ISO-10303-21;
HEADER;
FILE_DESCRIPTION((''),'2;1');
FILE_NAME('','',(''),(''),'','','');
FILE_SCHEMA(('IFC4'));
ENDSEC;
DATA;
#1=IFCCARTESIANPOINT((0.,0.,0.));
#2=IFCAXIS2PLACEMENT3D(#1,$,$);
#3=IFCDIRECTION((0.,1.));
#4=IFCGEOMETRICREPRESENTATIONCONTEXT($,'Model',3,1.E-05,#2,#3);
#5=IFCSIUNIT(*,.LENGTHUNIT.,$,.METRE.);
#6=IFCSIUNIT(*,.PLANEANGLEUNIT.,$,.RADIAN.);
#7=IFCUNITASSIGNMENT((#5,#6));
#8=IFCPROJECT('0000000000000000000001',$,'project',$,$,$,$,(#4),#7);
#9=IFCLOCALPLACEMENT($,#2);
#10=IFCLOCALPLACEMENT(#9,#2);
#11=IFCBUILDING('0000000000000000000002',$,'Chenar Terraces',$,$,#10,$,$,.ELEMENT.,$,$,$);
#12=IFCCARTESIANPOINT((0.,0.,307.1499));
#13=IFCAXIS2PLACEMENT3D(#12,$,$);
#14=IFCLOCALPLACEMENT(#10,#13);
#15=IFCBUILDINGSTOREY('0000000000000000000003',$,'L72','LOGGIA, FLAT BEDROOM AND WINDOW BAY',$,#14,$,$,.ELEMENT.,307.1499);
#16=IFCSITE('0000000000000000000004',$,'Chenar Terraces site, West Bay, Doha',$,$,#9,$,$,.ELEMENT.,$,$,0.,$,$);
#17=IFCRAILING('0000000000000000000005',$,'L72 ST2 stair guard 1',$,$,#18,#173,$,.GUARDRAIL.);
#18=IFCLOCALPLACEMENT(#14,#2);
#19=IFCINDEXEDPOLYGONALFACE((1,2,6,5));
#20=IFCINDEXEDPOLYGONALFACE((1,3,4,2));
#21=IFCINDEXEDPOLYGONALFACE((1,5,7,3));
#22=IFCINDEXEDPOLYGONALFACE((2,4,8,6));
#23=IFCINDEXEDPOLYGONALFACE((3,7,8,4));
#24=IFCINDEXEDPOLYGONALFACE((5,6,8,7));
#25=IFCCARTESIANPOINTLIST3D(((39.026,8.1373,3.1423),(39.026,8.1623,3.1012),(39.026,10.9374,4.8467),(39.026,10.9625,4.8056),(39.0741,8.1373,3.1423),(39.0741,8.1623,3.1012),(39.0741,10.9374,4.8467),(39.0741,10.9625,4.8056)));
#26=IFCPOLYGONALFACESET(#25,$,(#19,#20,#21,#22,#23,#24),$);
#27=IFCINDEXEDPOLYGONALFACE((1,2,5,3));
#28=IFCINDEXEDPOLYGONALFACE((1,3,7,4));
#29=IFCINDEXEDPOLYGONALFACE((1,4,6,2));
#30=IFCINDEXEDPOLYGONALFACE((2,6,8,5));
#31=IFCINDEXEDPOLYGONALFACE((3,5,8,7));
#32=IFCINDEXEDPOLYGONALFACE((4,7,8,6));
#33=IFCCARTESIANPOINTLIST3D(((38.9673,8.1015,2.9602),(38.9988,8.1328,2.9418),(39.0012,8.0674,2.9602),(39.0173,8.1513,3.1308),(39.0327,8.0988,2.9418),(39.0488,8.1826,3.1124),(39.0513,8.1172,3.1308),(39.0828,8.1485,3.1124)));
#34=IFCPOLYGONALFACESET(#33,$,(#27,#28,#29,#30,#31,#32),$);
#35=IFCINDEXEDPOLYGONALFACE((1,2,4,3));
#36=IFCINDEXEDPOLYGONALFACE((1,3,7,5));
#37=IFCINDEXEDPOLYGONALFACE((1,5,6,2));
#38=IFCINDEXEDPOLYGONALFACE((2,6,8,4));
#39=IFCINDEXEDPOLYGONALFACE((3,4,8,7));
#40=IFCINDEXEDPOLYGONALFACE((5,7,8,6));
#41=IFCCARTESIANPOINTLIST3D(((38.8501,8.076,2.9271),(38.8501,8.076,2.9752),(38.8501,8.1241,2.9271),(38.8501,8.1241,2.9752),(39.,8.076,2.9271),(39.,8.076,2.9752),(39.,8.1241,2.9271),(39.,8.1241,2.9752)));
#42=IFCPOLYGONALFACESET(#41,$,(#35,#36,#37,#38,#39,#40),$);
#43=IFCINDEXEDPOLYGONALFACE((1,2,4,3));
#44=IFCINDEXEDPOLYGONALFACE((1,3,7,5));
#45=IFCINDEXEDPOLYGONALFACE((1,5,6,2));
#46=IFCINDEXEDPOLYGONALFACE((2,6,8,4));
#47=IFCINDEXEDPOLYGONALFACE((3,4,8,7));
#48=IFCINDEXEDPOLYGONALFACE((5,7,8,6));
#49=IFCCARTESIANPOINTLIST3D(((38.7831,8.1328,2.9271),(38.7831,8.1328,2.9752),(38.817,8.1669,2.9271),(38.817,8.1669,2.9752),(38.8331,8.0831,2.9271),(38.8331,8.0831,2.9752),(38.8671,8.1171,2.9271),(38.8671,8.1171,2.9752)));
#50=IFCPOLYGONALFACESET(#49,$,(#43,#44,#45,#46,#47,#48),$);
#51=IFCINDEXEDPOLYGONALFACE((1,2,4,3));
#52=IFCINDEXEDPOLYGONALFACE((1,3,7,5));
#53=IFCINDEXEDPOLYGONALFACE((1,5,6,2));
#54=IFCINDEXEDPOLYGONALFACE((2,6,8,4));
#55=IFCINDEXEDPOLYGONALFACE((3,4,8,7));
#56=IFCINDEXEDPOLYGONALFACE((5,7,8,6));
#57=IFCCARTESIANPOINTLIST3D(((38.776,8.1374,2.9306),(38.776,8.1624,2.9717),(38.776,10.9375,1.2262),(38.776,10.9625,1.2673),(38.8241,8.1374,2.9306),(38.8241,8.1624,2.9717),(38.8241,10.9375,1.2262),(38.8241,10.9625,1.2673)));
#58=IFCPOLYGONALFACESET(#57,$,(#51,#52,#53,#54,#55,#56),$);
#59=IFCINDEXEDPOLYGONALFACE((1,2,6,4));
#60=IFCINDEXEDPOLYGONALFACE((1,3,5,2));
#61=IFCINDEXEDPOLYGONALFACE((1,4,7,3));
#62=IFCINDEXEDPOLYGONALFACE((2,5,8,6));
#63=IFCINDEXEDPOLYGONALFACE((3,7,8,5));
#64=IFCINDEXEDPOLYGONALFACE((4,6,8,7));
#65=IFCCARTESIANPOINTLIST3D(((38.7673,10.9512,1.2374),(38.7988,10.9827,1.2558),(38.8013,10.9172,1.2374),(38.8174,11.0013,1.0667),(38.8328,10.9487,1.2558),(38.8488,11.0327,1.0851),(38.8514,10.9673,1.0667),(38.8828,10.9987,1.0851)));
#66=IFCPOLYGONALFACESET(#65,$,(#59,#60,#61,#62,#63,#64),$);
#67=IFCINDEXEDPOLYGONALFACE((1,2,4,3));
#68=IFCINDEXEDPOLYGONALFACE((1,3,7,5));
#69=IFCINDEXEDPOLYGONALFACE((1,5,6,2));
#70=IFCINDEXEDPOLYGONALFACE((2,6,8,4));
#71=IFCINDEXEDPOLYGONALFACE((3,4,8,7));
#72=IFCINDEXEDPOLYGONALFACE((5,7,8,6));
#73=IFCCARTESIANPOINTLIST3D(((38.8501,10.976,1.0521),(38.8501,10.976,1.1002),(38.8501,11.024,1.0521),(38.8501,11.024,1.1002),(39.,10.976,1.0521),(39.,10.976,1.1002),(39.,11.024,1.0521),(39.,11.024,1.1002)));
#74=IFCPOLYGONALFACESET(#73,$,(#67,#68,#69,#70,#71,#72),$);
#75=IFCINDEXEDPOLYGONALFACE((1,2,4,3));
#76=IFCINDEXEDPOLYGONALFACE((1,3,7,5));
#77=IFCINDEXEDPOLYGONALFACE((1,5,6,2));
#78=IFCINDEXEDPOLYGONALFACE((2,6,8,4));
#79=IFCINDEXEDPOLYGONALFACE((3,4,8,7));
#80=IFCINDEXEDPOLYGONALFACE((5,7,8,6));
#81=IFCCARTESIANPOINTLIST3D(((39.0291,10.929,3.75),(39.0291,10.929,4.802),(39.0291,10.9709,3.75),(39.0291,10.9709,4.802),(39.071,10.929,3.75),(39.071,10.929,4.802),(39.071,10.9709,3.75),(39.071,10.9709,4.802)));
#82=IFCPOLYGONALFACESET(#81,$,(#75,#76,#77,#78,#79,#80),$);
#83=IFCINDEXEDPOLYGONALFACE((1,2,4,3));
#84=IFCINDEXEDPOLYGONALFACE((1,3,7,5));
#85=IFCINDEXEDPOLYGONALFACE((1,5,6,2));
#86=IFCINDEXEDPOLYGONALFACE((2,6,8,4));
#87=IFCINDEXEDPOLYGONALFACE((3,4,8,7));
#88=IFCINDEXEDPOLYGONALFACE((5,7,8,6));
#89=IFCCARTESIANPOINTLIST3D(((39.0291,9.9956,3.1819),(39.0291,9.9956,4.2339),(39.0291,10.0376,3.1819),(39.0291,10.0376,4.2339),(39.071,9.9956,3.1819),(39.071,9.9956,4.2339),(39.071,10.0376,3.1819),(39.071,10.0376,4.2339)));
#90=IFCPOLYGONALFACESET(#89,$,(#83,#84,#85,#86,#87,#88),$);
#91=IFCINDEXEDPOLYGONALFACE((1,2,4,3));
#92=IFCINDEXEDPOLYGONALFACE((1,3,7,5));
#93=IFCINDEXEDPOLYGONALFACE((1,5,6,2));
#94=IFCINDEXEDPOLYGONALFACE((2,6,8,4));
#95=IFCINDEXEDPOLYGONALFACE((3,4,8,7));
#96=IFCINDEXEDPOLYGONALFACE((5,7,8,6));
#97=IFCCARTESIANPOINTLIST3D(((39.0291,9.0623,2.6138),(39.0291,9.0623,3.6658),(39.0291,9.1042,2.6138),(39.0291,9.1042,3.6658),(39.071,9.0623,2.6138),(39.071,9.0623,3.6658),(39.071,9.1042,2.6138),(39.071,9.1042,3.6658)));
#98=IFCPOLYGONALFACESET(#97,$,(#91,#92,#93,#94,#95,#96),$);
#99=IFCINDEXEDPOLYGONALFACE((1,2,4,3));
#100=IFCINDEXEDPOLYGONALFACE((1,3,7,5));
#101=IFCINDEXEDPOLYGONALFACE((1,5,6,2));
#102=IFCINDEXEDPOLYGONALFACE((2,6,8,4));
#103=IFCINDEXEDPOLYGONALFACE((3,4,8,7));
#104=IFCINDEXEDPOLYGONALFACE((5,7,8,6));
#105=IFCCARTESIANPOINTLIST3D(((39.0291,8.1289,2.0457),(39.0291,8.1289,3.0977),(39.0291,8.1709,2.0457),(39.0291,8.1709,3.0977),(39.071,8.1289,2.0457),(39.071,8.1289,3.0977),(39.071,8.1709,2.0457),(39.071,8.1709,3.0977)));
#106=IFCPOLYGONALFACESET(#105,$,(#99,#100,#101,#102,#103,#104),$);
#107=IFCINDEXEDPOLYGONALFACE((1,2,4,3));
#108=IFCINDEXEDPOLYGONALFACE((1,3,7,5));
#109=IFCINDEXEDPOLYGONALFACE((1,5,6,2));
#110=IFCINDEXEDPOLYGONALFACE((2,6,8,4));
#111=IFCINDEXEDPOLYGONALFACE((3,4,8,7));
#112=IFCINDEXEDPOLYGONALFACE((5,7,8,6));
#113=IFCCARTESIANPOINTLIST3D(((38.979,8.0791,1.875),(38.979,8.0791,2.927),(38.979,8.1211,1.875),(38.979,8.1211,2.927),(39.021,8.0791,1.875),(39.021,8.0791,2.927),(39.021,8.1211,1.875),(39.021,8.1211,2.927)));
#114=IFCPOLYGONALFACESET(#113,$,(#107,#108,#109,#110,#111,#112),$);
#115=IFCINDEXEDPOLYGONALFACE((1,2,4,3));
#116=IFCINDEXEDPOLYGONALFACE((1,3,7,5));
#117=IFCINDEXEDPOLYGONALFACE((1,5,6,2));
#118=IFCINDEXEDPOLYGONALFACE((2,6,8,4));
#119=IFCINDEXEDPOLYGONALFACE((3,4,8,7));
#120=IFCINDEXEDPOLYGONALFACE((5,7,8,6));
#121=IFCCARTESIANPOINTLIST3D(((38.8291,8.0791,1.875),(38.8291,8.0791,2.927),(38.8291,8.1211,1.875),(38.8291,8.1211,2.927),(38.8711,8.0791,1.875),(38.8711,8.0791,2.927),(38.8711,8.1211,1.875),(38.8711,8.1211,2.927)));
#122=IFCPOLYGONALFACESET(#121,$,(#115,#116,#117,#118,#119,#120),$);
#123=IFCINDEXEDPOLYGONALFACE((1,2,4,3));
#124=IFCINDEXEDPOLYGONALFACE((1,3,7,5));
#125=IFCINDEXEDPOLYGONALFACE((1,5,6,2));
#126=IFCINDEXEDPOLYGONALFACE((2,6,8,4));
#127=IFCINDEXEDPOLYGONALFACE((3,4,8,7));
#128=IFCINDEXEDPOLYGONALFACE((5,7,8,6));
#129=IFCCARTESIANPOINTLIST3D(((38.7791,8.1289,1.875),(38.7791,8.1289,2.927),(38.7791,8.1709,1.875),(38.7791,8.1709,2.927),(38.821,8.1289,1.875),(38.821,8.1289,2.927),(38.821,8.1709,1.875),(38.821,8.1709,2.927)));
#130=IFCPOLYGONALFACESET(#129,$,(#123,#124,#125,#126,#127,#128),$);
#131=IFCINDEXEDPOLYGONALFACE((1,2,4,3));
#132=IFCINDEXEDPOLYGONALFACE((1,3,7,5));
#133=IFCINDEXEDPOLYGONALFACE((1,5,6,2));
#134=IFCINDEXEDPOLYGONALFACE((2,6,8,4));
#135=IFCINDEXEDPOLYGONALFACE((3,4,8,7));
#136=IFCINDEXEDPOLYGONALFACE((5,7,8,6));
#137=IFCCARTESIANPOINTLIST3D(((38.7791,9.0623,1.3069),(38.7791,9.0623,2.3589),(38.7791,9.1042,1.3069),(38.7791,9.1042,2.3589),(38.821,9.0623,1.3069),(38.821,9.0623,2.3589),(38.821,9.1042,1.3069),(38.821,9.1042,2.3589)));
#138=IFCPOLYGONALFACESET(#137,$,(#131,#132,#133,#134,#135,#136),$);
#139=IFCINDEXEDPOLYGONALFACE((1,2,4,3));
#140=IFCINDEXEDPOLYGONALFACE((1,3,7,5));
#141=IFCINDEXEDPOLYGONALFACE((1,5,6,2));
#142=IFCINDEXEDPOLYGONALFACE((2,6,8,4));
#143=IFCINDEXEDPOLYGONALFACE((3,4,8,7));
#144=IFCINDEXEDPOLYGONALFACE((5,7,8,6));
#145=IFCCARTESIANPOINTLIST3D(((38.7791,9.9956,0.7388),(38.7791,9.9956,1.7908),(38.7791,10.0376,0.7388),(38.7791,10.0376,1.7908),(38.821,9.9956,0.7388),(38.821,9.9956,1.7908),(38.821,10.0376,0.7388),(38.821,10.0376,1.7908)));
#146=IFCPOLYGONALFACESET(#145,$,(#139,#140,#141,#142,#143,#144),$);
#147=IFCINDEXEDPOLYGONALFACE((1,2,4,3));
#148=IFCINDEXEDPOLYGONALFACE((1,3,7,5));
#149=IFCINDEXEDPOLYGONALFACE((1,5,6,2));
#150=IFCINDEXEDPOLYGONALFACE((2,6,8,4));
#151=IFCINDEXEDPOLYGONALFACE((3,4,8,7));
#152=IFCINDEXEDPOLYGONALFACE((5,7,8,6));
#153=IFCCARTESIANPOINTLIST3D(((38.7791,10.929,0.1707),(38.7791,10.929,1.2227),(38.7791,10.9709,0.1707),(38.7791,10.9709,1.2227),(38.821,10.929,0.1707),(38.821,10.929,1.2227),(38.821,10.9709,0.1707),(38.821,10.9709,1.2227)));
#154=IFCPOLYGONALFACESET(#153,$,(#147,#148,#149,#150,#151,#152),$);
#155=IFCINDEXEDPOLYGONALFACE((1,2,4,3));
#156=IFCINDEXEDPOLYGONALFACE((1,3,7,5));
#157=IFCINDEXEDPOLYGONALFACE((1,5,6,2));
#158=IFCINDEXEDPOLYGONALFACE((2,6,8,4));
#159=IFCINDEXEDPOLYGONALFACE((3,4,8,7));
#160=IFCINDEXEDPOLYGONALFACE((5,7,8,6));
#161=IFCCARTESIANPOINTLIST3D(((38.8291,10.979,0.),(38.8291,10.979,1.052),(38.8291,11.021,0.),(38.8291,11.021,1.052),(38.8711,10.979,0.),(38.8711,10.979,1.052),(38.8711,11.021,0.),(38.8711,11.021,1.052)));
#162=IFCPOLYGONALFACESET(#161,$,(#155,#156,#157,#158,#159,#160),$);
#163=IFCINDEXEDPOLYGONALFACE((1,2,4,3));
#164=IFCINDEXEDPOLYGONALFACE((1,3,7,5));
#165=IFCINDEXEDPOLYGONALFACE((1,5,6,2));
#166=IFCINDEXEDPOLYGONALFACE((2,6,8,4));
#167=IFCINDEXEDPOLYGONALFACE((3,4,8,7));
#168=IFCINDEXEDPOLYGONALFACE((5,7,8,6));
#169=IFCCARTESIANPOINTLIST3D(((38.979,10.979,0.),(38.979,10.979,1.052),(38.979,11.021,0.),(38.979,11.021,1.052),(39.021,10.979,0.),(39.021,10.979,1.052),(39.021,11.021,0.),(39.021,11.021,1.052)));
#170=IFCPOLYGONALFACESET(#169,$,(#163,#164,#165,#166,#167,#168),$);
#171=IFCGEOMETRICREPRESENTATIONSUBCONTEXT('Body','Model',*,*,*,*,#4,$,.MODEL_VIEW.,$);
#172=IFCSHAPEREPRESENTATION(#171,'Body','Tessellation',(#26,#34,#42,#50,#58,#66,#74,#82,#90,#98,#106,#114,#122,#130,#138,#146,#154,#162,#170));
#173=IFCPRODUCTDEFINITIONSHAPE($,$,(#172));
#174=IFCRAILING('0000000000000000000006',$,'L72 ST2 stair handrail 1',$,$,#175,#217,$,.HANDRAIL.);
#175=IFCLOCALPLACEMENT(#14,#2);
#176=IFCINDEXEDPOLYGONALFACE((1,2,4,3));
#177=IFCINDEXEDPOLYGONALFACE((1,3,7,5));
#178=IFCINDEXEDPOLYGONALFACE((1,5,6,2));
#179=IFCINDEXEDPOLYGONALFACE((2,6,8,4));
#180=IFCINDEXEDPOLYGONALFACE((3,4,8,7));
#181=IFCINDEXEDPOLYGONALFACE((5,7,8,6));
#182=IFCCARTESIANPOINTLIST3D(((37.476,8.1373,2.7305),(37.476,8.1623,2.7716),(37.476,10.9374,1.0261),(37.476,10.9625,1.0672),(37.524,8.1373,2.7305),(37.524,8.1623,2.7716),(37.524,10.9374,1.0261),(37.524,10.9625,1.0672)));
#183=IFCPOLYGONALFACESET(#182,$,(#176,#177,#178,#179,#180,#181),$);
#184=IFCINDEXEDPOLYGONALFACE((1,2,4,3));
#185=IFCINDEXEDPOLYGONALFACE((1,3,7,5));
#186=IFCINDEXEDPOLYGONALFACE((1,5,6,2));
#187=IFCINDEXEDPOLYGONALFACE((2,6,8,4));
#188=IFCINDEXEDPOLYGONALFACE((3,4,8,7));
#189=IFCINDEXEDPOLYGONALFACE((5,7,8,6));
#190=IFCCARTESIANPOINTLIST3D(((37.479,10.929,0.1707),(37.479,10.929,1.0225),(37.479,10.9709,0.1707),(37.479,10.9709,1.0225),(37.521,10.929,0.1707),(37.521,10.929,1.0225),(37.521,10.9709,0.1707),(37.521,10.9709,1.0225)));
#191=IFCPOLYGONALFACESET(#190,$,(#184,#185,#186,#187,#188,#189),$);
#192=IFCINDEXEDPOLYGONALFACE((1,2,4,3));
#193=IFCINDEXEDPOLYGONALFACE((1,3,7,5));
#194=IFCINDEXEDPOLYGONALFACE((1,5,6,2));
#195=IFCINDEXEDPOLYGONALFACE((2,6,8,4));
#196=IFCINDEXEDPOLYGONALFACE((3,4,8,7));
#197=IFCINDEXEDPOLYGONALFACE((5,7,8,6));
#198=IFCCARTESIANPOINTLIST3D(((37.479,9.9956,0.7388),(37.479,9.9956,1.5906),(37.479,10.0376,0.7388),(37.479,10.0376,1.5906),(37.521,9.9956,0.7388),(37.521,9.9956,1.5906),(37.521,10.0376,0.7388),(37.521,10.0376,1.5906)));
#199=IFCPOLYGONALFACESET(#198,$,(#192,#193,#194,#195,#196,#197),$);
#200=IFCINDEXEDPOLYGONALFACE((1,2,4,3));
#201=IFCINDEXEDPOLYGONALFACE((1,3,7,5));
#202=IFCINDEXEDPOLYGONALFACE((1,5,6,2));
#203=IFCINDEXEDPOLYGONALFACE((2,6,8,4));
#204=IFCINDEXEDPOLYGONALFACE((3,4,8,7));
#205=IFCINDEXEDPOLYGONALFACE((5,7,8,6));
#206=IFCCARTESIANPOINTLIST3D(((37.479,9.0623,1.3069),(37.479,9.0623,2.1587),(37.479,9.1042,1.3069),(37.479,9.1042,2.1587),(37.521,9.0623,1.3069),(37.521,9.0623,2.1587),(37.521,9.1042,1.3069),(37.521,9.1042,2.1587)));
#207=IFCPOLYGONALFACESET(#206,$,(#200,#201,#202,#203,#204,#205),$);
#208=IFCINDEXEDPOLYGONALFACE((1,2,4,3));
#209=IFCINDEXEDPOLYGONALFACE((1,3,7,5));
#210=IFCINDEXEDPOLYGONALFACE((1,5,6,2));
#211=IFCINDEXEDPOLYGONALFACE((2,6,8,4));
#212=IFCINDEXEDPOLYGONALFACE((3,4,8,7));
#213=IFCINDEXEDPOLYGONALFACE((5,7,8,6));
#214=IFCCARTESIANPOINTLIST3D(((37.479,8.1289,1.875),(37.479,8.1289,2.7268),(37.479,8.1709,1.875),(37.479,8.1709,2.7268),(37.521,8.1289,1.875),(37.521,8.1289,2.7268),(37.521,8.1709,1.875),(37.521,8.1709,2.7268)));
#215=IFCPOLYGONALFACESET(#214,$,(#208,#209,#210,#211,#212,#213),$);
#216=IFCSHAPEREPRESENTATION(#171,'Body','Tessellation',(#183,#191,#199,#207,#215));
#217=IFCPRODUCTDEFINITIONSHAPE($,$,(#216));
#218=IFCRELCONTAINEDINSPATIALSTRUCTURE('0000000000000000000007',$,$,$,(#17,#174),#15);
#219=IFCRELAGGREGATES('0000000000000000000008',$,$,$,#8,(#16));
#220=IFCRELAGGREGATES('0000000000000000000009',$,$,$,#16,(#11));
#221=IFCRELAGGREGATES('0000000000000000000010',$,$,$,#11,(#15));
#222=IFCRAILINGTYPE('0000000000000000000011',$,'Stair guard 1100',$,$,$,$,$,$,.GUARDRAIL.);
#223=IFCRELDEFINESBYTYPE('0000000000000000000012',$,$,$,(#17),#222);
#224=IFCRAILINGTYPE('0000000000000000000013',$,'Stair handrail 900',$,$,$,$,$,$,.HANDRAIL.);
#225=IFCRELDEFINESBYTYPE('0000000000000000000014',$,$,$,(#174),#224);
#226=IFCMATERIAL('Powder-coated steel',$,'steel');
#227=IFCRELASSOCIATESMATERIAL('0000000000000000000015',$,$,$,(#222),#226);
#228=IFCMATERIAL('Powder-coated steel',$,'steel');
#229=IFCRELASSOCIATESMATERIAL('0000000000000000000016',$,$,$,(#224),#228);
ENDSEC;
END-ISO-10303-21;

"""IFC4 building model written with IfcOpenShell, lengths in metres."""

from ifc_helpers import new_model, si_unit, direction, frame, origin, origin_2d, place, context, subcontext, project, spatial, rectangle, extrude, material, type_object, element, save


model = new_model("IFC4")

# Units and contexts
model_context = context("Model", 3, precision=1e-05, world=origin(), true_north=direction((0.0, 1.0)))
body_context = subcontext(model_context, "Body", "Model", "MODEL_VIEW")
ifc_project = project(units=[si_unit("LENGTHUNIT", "METRE"), si_unit("PLANEANGLEUNIT", "RADIAN")], contexts=[model_context])

# Site, building, storey
site_placement = place(None, origin())
site = spatial("IfcSite", under=ifc_project, at=site_placement, Name="Chenar Terraces site, West Bay, Doha", CompositionType="ELEMENT", RefElevation=0.0)
building_placement = place(site_placement, origin())
building = spatial("IfcBuilding", under=site, at=building_placement, Name="Chenar Terraces", CompositionType="ELEMENT")
storey_placement = place(building_placement, frame((0.0, 0.0, 307.1499)))
storey = spatial("IfcBuildingStorey", under=building, at=storey_placement, Name="L72", Description="LOGGIA, FLAT BEDROOM AND WINDOW BAY", CompositionType="ELEMENT", Elevation=307.1499)

# Railings
ifc_material_1 = material(Name="Powder-coated steel", Category="steel")
railing_type_1 = type_object("IfcRailingType", Name="Stair guard 1100", PredefinedType="GUARDRAIL", material=ifc_material_1)
railing_1_placement = place(storey_placement, frame((39.05, 10.95, 3.75)))
element("IfcRailing", 1, at=railing_1_placement, inside=storey, type_object=railing_type_1, Name="L72 ST2 stair guard 1", PredefinedType="GUARDRAIL", context=body_context, shape_type="SweptSolid", body=[
    extrude(rectangle(XDim=0.0481, YDim=0.0481, at=origin_2d()), frame((0.0, 0.0, 1.0762), z_axis=(0.0, -0.854203, -0.51994), x_axis=(1.0, 0.0, 0.0)), (0.0, 0.0, 1.0), 3.2781),
    extrude(rectangle(XDim=0.0481, YDim=0.0481, at=origin_2d()), frame((0.0, -2.8, -0.6284), z_axis=(-0.270997, -0.269675, -0.924033), x_axis=(0.705376, -0.708834, 0.0)), (0.0, 0.0, 1.0), 0.1846),
    extrude(rectangle(XDim=0.0481, YDim=0.0481, at=origin_2d()), frame((-0.05, -2.8499, -0.7988), z_axis=(-1.0, 0.0, 0.0), x_axis=(0.0, -1.0, 0.0)), (0.0, 0.0, 1.0), 0.1499),
    extrude(rectangle(XDim=0.0481, YDim=0.0481, at=origin_2d()), frame((-0.2, -2.8499, -0.7988), z_axis=(-0.708834, 0.705376, 0.0), x_axis=(-0.705376, -0.708834, 0.0)), (0.0, 0.0, 1.0), 0.0706),
    extrude(rectangle(XDim=0.0481, YDim=0.0481, at=origin_2d()), frame((-0.25, -2.8, -0.7988), z_axis=(0.0, 0.854203, -0.51994), x_axis=(-1.0, 0.0, 0.0)), (0.0, 0.0, 1.0), 3.2781),
    extrude(rectangle(XDim=0.0481, YDim=0.0481, at=origin_2d()), frame((-0.25, 0.0, -2.5034), z_axis=(0.2709, 0.2709, -0.923703), x_axis=(-0.707107, 0.707107, 0.0)), (0.0, 0.0, 1.0), 0.1848),
    extrude(rectangle(XDim=0.0481, YDim=0.0481, at=origin_2d()), frame((-0.2, 0.05, -2.6738), z_axis=(1.0, 0.0, 0.0), x_axis=(0.0, 1.0, 0.0)), (0.0, 0.0, 1.0), 0.1499),
    extrude(rectangle(XDim=0.042, YDim=0.042, at=origin_2d()), origin(), (0.0, 0.0, 1.0), 1.052),
    extrude(rectangle(XDim=0.042, YDim=0.042, at=origin_2d()), frame((0.0, -0.9333, -0.5681)), (0.0, 0.0, 1.0), 1.052),
    extrude(rectangle(XDim=0.042, YDim=0.042, at=origin_2d()), frame((0.0, -1.8667, -1.1362)), (0.0, 0.0, 1.0), 1.052),
    extrude(rectangle(XDim=0.042, YDim=0.042, at=origin_2d()), frame((0.0, -2.8, -1.7043)), (0.0, 0.0, 1.0), 1.052),
    extrude(rectangle(XDim=0.042, YDim=0.042, at=origin_2d()), frame((-0.05, -2.8499, -1.875)), (0.0, 0.0, 1.0), 1.052),
    extrude(rectangle(XDim=0.042, YDim=0.042, at=origin_2d()), frame((-0.2, -2.8499, -1.875)), (0.0, 0.0, 1.0), 1.052),
    extrude(rectangle(XDim=0.042, YDim=0.042, at=origin_2d()), frame((-0.25, -2.8, -1.875)), (0.0, 0.0, 1.0), 1.052),
    extrude(rectangle(XDim=0.042, YDim=0.042, at=origin_2d()), frame((-0.25, -1.8667, -2.4431)), (0.0, 0.0, 1.0), 1.052),
    extrude(rectangle(XDim=0.042, YDim=0.042, at=origin_2d()), frame((-0.25, -0.9333, -3.0112)), (0.0, 0.0, 1.0), 1.052),
    extrude(rectangle(XDim=0.042, YDim=0.042, at=origin_2d()), frame((-0.25, 0.0, -3.5793)), (0.0, 0.0, 1.0), 1.052),
    extrude(rectangle(XDim=0.042, YDim=0.042, at=origin_2d()), frame((-0.2, 0.05, -3.75)), (0.0, 0.0, 1.0), 1.052),
    extrude(rectangle(XDim=0.042, YDim=0.042, at=origin_2d()), frame((-0.05, 0.05, -3.75)), (0.0, 0.0, 1.0), 1.052),
])
ifc_material_2 = material(Name="Powder-coated steel", Category="steel")
railing_type_2 = type_object("IfcRailingType", Name="Stair handrail 900", PredefinedType="HANDRAIL", material=ifc_material_2)
railing_2_placement = place(storey_placement, frame((37.5, 10.95, 0.1707)))
element("IfcRailing", 2, at=railing_2_placement, inside=storey, type_object=railing_type_2, Name="L72 ST2 stair handrail 1", PredefinedType="HANDRAIL", context=body_context, shape_type="SweptSolid", body=[
    extrude(rectangle(XDim=0.0481, YDim=0.0481, at=origin_2d()), frame((0.0, 0.0, 0.876), z_axis=(0.0, -0.854203, 0.51994), x_axis=(1.0, 0.0, 0.0)), (0.0, 0.0, 1.0), 3.2781),
    extrude(rectangle(XDim=0.042, YDim=0.042, at=origin_2d()), origin(), (0.0, 0.0, 1.0), 0.8518),
    extrude(rectangle(XDim=0.042, YDim=0.042, at=origin_2d()), frame((0.0, -0.9333, 0.5681)), (0.0, 0.0, 1.0), 0.8518),
    extrude(rectangle(XDim=0.042, YDim=0.042, at=origin_2d()), frame((0.0, -1.8667, 1.1362)), (0.0, 0.0, 1.0), 0.8518),
    extrude(rectangle(XDim=0.042, YDim=0.042, at=origin_2d()), frame((0.0, -2.8, 1.7043)), (0.0, 0.0, 1.0), 0.8518),
])

save(model, "model.ifc")
